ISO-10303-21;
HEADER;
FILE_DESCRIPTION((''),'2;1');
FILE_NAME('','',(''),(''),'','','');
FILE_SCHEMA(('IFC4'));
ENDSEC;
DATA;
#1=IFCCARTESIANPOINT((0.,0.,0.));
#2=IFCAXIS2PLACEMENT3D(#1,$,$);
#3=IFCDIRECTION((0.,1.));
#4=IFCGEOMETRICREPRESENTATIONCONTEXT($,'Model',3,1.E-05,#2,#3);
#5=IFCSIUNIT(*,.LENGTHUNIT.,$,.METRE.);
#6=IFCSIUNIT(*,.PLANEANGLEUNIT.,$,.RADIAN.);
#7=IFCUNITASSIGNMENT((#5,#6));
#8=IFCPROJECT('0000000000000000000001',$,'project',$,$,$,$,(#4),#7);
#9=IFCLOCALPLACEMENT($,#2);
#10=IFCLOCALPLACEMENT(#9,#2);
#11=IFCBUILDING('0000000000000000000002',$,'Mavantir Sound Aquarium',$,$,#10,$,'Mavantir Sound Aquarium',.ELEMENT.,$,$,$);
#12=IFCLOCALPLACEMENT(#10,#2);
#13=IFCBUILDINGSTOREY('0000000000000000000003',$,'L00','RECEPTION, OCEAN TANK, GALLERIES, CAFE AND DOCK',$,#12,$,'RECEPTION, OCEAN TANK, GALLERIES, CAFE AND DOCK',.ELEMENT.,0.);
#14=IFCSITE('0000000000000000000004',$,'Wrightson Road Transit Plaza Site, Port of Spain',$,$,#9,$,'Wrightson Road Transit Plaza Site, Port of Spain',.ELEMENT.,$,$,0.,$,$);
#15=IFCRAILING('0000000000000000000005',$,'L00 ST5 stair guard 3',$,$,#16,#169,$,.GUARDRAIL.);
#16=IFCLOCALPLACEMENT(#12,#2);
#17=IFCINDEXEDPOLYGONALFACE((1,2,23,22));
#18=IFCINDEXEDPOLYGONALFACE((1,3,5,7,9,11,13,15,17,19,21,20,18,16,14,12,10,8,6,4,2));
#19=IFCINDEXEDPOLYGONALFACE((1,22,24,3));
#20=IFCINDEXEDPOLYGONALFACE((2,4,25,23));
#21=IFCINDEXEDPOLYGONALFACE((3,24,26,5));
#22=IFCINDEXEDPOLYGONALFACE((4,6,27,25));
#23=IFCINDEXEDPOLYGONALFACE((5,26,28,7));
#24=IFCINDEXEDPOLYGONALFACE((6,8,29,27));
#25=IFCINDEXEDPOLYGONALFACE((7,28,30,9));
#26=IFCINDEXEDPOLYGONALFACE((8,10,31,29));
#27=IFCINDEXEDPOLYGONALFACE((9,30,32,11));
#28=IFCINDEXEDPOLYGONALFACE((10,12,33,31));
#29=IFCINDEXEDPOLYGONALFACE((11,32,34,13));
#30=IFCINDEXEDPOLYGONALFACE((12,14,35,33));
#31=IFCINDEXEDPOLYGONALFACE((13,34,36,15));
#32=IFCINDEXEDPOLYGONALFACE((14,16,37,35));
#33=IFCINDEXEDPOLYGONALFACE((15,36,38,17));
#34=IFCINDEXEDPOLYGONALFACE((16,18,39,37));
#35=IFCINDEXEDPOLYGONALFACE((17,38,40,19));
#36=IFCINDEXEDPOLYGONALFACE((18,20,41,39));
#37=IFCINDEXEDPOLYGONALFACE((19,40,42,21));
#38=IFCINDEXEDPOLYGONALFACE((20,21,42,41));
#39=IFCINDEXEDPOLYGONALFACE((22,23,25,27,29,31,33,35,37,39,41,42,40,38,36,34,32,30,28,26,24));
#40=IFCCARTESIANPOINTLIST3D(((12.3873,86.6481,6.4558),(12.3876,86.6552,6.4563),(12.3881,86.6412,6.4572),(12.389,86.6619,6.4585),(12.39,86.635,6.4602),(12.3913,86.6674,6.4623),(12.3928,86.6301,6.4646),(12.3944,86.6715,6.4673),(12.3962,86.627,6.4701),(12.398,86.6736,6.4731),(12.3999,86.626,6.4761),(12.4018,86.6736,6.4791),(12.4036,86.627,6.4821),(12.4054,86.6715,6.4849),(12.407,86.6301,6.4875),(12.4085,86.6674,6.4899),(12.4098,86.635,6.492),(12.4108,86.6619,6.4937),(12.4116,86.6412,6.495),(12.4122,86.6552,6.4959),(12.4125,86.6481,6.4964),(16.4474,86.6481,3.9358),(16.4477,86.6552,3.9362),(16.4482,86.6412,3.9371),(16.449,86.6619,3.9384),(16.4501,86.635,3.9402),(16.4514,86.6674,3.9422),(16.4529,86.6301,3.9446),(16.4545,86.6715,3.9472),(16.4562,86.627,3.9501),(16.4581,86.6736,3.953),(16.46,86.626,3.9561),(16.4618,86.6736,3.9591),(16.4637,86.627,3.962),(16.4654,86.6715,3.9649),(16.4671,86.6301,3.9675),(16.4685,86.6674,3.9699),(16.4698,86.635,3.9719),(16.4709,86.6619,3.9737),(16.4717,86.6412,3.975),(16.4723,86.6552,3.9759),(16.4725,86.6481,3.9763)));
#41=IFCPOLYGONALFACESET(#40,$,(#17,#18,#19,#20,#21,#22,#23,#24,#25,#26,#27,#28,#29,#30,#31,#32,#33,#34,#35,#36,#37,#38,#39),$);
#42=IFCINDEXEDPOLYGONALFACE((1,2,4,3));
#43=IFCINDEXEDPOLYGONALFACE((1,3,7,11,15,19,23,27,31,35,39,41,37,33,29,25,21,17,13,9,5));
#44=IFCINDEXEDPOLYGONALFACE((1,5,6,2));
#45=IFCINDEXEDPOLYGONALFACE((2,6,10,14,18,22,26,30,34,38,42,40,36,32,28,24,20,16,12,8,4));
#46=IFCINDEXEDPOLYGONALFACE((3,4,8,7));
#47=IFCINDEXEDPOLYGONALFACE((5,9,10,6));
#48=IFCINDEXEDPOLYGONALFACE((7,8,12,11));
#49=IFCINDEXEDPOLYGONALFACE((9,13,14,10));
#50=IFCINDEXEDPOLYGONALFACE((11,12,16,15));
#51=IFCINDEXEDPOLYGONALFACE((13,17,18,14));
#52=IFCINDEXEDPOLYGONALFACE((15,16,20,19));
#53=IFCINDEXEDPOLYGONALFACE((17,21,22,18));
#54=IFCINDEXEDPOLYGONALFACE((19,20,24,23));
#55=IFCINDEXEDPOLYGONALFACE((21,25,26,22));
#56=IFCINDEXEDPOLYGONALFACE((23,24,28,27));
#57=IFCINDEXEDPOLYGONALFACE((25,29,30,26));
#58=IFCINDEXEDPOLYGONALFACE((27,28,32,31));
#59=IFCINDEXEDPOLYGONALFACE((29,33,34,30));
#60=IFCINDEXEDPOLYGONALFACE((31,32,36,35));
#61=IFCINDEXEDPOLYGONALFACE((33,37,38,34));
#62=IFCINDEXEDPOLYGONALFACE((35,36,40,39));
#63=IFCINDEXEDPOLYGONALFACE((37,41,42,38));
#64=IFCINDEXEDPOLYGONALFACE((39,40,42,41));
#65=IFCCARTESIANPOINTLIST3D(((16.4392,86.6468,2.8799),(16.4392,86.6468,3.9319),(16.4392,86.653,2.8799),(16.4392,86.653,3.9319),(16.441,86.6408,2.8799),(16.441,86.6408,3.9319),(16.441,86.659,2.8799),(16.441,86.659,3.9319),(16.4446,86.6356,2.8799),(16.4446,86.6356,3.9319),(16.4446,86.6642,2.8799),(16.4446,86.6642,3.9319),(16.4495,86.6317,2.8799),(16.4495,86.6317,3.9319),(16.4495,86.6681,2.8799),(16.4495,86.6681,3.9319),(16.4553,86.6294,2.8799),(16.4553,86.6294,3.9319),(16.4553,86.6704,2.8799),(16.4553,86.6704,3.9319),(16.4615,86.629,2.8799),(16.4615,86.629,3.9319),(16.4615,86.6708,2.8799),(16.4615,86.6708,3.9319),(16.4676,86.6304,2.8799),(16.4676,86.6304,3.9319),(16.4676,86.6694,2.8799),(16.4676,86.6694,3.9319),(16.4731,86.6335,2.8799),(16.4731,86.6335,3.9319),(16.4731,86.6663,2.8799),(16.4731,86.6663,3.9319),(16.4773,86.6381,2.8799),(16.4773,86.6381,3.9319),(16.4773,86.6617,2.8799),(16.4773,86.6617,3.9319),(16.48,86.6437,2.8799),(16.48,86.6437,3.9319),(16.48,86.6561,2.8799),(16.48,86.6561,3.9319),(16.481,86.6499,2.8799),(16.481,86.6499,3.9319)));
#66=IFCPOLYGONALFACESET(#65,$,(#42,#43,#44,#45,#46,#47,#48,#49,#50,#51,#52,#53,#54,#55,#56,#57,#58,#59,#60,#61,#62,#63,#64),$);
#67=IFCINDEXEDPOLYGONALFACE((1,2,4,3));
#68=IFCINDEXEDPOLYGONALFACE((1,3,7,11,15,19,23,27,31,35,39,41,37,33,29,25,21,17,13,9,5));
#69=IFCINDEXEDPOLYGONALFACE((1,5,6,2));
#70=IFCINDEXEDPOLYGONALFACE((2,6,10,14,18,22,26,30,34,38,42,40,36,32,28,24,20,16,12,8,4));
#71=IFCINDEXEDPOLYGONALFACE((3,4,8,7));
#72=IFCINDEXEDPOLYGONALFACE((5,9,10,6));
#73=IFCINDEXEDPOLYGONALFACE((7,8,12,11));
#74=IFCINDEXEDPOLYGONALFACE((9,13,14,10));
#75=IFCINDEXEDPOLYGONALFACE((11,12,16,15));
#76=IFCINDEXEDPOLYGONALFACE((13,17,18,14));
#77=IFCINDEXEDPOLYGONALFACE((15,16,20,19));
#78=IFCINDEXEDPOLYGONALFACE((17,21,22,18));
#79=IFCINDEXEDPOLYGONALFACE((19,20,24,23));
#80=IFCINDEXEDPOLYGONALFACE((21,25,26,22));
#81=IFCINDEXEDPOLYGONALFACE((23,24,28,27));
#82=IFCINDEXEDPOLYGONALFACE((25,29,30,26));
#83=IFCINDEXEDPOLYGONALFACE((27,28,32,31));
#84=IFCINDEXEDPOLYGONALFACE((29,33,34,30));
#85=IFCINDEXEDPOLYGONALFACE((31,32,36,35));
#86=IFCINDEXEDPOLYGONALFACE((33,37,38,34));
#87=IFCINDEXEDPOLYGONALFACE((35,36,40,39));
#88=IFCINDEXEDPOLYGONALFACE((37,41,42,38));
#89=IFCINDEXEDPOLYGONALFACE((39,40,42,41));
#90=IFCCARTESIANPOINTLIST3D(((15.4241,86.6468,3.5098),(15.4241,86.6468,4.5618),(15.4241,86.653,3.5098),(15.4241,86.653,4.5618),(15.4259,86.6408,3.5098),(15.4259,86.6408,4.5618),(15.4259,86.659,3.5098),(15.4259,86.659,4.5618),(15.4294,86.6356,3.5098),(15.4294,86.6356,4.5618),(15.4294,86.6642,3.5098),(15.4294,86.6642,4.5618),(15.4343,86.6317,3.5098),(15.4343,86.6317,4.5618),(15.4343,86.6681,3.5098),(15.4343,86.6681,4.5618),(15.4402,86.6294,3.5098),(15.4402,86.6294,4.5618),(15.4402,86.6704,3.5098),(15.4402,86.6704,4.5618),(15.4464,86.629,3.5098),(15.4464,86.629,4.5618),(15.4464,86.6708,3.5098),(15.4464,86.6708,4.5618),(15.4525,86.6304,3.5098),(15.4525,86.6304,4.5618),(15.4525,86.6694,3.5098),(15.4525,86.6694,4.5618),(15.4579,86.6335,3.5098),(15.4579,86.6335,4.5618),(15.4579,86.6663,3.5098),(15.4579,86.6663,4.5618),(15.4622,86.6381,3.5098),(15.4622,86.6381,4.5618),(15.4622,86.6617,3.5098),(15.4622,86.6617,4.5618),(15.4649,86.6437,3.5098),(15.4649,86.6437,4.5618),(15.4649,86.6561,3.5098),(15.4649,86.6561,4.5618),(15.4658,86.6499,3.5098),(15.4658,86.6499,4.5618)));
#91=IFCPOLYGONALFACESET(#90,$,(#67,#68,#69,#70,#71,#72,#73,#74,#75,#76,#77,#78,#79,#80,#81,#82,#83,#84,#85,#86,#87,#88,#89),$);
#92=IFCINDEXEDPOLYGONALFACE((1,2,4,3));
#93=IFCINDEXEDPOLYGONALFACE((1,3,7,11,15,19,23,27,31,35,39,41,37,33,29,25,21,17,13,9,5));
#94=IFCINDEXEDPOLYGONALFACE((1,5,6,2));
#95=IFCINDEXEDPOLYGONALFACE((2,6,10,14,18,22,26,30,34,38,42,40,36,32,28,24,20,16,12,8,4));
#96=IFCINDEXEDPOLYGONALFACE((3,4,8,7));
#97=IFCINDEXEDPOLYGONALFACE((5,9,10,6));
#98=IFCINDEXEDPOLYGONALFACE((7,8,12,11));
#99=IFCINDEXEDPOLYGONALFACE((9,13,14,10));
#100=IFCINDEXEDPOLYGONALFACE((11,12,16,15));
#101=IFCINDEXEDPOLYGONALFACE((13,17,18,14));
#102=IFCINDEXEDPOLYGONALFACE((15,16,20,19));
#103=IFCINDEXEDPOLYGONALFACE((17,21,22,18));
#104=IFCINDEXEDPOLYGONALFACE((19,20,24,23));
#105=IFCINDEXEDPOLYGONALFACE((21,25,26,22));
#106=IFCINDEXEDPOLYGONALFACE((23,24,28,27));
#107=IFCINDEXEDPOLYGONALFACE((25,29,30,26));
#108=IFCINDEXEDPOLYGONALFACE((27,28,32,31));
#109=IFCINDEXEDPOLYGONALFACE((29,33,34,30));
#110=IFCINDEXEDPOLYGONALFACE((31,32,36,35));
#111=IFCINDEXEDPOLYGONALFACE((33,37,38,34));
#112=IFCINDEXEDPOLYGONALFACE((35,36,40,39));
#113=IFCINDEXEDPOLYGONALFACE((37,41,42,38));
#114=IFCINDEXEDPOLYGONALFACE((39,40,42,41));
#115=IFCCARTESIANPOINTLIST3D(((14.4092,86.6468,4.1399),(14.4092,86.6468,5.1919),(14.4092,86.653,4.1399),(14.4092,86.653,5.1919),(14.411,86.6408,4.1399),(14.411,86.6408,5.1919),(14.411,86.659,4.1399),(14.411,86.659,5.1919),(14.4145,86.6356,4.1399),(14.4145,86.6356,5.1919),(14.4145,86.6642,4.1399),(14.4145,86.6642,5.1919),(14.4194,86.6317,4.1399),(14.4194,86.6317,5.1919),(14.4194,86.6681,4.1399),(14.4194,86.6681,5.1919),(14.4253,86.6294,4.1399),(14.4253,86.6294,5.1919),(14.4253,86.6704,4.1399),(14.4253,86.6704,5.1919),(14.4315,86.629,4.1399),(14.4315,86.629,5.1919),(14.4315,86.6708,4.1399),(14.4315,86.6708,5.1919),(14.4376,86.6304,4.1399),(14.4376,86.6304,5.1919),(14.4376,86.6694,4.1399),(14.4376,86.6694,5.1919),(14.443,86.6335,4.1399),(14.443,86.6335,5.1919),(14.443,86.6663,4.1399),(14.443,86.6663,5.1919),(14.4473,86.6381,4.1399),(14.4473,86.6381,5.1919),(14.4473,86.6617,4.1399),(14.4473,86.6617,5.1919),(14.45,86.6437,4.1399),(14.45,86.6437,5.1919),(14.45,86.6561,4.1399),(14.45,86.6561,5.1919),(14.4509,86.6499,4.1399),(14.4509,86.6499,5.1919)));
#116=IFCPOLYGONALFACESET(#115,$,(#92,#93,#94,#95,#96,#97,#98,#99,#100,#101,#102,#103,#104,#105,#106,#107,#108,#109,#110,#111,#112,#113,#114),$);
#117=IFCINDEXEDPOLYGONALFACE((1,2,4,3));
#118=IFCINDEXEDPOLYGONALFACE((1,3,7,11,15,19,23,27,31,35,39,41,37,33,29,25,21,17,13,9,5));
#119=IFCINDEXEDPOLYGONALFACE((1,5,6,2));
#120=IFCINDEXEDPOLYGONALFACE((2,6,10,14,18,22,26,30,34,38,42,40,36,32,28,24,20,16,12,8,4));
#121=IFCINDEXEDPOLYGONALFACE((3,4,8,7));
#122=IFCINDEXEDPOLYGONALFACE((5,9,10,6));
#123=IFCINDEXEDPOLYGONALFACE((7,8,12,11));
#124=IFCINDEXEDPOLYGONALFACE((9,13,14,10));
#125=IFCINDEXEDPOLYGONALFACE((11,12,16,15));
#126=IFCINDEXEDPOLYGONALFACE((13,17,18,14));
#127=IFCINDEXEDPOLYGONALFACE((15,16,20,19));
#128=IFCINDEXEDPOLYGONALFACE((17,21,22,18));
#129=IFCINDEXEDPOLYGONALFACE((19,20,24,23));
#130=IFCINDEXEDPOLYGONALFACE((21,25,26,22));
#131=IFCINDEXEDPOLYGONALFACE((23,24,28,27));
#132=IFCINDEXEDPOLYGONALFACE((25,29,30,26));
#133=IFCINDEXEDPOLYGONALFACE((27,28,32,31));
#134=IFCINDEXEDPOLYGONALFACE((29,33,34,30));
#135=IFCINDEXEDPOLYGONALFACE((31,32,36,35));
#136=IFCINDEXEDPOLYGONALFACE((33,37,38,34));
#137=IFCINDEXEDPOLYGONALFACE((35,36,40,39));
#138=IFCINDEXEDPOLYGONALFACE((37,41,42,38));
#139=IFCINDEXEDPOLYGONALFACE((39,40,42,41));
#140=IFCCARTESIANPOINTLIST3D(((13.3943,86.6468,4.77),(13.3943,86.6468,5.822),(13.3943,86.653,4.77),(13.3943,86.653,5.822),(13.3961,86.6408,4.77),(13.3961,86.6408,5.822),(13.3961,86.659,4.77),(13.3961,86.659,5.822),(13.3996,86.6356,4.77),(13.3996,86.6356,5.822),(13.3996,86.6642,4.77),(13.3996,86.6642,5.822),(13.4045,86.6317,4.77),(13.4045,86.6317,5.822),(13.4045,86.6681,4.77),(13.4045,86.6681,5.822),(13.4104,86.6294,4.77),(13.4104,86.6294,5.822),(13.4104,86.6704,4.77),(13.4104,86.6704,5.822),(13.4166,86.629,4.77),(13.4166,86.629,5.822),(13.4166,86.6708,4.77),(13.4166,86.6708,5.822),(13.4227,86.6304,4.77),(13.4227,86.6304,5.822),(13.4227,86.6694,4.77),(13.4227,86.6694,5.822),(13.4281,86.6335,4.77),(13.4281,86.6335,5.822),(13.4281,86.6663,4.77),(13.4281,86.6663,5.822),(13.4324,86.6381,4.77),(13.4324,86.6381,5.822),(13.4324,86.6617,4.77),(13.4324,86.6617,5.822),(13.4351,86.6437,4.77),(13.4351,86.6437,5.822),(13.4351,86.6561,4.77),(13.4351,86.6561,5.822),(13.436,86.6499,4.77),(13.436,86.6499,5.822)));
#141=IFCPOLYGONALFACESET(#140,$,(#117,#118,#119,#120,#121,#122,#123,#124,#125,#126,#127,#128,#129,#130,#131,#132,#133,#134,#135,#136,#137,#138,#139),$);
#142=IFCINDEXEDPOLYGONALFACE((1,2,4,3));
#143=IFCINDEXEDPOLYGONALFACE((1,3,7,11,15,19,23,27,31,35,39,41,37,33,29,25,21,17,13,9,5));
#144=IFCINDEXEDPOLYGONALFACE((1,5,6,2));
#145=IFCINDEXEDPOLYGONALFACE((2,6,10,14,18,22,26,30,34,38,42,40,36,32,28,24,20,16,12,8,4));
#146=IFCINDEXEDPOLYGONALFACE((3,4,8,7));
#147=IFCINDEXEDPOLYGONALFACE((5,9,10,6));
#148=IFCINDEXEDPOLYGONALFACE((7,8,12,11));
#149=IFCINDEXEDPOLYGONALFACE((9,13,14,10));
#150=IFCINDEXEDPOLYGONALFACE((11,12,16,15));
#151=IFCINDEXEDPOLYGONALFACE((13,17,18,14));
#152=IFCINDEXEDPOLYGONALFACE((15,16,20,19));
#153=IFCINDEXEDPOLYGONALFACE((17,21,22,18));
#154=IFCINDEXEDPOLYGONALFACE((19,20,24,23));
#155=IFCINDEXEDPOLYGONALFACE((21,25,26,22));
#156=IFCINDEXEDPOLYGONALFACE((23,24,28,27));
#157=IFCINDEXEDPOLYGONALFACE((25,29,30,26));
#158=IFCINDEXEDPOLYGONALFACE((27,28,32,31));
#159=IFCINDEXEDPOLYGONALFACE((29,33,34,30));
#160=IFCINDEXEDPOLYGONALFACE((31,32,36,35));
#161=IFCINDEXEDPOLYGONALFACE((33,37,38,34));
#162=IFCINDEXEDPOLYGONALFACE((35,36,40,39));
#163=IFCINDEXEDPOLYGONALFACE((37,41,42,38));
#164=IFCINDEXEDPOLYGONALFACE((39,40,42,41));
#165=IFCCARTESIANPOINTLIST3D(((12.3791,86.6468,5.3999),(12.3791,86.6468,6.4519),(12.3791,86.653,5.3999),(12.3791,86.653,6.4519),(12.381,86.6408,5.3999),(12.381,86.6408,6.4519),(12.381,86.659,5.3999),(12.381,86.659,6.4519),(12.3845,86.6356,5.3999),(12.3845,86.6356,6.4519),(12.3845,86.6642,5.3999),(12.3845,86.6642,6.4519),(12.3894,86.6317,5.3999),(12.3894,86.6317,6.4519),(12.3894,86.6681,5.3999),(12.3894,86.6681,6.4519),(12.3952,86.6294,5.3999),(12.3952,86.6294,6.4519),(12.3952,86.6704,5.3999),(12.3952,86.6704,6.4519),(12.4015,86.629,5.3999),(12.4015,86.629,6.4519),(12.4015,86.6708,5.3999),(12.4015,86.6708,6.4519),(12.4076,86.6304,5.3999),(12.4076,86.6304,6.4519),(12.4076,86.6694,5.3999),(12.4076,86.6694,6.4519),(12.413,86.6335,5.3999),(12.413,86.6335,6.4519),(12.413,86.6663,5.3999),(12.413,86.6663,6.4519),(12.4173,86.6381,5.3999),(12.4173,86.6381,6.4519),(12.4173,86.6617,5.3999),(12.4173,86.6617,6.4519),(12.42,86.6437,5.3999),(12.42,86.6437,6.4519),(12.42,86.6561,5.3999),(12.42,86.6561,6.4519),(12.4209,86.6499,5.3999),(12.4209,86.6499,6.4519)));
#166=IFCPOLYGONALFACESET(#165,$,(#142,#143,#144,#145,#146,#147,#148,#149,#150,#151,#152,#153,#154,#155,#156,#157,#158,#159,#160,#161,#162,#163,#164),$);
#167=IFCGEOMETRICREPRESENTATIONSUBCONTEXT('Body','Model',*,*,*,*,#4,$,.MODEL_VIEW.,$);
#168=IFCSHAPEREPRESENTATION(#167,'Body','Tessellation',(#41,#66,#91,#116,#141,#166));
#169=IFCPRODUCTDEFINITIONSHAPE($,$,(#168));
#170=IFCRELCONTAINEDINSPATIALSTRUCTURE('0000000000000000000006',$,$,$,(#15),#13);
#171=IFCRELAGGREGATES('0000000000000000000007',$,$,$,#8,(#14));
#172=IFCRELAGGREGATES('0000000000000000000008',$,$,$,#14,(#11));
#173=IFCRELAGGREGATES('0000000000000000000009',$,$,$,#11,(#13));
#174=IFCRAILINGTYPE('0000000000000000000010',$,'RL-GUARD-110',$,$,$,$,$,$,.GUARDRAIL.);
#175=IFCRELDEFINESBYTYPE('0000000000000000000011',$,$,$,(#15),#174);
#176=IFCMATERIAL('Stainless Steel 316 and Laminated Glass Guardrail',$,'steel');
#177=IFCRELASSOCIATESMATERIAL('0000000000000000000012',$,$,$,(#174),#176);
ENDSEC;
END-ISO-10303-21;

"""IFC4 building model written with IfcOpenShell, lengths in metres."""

from ifc_helpers import new_model, si_unit, direction, frame, origin, origin_2d, place, context, subcontext, project, spatial, circle, extrude, material, type_object, element, save


model = new_model("IFC4")

# Units and contexts
model_context = context("Model", 3, precision=1e-05, world=origin(), true_north=direction((0.0, 1.0)))
body_context = subcontext(model_context, "Body", "Model", "MODEL_VIEW")
ifc_project = project(units=[si_unit("LENGTHUNIT", "METRE"), si_unit("PLANEANGLEUNIT", "RADIAN")], contexts=[model_context])

# Site, building, storey
site_placement = place(None, origin())
site = spatial("IfcSite", under=ifc_project, at=site_placement, Name="Wrightson Road Transit Plaza Site, Port of Spain", LongName="Wrightson Road Transit Plaza Site, Port of Spain", CompositionType="ELEMENT", RefElevation=0.0)
building_placement = place(site_placement, origin())
building = spatial("IfcBuilding", under=site, at=building_placement, Name="Mavantir Sound Aquarium", LongName="Mavantir Sound Aquarium", CompositionType="ELEMENT")
storey_placement = place(building_placement, origin())
storey = spatial("IfcBuildingStorey", under=building, at=storey_placement, Name="L00", Description="RECEPTION, OCEAN TANK, GALLERIES, CAFE AND DOCK", LongName="RECEPTION, OCEAN TANK, GALLERIES, CAFE AND DOCK", CompositionType="ELEMENT", Elevation=0.0)

# Railing
ifc_material_1 = material(Name="Stainless Steel 316 and Laminated Glass Guardrail", Category="steel")
railing_type_1 = type_object("IfcRailingType", Name="RL-GUARD-110", PredefinedType="GUARDRAIL", material=ifc_material_1)
railing_1_placement = place(storey_placement, frame((16.46, 86.6499, 2.8799)))
element("IfcRailing", 1, at=railing_1_placement, inside=storey, type_object=railing_type_1, Name="L00 ST5 stair guard 3", PredefinedType="GUARDRAIL", context=body_context, shape_type="SweptSolid", body=[
    extrude(circle(Radius=0.0239, at=origin_2d()), frame((0.0, 0.0, 1.0762), z_axis=(-0.849642, 0.0, 0.52736), x_axis=(0.0, -1.0, 0.0)), (0.0, 0.0, 1.0), 4.7786),
    extrude(circle(Radius=0.021, at=origin_2d()), origin(), (0.0, 0.0, 1.0), 1.052),
    extrude(circle(Radius=0.021, at=origin_2d()), frame((-1.0151, 0.0, 0.6299)), (0.0, 0.0, 1.0), 1.052),
    extrude(circle(Radius=0.021, at=origin_2d()), frame((-2.03, 0.0, 1.26)), (0.0, 0.0, 1.0), 1.052),
    extrude(circle(Radius=0.021, at=origin_2d()), frame((-3.0449, 0.0, 1.8901)), (0.0, 0.0, 1.0), 1.052),
    extrude(circle(Radius=0.021, at=origin_2d()), frame((-4.0601, 0.0, 2.52)), (0.0, 0.0, 1.0), 1.052),
])

save(model, "model.ifc")
